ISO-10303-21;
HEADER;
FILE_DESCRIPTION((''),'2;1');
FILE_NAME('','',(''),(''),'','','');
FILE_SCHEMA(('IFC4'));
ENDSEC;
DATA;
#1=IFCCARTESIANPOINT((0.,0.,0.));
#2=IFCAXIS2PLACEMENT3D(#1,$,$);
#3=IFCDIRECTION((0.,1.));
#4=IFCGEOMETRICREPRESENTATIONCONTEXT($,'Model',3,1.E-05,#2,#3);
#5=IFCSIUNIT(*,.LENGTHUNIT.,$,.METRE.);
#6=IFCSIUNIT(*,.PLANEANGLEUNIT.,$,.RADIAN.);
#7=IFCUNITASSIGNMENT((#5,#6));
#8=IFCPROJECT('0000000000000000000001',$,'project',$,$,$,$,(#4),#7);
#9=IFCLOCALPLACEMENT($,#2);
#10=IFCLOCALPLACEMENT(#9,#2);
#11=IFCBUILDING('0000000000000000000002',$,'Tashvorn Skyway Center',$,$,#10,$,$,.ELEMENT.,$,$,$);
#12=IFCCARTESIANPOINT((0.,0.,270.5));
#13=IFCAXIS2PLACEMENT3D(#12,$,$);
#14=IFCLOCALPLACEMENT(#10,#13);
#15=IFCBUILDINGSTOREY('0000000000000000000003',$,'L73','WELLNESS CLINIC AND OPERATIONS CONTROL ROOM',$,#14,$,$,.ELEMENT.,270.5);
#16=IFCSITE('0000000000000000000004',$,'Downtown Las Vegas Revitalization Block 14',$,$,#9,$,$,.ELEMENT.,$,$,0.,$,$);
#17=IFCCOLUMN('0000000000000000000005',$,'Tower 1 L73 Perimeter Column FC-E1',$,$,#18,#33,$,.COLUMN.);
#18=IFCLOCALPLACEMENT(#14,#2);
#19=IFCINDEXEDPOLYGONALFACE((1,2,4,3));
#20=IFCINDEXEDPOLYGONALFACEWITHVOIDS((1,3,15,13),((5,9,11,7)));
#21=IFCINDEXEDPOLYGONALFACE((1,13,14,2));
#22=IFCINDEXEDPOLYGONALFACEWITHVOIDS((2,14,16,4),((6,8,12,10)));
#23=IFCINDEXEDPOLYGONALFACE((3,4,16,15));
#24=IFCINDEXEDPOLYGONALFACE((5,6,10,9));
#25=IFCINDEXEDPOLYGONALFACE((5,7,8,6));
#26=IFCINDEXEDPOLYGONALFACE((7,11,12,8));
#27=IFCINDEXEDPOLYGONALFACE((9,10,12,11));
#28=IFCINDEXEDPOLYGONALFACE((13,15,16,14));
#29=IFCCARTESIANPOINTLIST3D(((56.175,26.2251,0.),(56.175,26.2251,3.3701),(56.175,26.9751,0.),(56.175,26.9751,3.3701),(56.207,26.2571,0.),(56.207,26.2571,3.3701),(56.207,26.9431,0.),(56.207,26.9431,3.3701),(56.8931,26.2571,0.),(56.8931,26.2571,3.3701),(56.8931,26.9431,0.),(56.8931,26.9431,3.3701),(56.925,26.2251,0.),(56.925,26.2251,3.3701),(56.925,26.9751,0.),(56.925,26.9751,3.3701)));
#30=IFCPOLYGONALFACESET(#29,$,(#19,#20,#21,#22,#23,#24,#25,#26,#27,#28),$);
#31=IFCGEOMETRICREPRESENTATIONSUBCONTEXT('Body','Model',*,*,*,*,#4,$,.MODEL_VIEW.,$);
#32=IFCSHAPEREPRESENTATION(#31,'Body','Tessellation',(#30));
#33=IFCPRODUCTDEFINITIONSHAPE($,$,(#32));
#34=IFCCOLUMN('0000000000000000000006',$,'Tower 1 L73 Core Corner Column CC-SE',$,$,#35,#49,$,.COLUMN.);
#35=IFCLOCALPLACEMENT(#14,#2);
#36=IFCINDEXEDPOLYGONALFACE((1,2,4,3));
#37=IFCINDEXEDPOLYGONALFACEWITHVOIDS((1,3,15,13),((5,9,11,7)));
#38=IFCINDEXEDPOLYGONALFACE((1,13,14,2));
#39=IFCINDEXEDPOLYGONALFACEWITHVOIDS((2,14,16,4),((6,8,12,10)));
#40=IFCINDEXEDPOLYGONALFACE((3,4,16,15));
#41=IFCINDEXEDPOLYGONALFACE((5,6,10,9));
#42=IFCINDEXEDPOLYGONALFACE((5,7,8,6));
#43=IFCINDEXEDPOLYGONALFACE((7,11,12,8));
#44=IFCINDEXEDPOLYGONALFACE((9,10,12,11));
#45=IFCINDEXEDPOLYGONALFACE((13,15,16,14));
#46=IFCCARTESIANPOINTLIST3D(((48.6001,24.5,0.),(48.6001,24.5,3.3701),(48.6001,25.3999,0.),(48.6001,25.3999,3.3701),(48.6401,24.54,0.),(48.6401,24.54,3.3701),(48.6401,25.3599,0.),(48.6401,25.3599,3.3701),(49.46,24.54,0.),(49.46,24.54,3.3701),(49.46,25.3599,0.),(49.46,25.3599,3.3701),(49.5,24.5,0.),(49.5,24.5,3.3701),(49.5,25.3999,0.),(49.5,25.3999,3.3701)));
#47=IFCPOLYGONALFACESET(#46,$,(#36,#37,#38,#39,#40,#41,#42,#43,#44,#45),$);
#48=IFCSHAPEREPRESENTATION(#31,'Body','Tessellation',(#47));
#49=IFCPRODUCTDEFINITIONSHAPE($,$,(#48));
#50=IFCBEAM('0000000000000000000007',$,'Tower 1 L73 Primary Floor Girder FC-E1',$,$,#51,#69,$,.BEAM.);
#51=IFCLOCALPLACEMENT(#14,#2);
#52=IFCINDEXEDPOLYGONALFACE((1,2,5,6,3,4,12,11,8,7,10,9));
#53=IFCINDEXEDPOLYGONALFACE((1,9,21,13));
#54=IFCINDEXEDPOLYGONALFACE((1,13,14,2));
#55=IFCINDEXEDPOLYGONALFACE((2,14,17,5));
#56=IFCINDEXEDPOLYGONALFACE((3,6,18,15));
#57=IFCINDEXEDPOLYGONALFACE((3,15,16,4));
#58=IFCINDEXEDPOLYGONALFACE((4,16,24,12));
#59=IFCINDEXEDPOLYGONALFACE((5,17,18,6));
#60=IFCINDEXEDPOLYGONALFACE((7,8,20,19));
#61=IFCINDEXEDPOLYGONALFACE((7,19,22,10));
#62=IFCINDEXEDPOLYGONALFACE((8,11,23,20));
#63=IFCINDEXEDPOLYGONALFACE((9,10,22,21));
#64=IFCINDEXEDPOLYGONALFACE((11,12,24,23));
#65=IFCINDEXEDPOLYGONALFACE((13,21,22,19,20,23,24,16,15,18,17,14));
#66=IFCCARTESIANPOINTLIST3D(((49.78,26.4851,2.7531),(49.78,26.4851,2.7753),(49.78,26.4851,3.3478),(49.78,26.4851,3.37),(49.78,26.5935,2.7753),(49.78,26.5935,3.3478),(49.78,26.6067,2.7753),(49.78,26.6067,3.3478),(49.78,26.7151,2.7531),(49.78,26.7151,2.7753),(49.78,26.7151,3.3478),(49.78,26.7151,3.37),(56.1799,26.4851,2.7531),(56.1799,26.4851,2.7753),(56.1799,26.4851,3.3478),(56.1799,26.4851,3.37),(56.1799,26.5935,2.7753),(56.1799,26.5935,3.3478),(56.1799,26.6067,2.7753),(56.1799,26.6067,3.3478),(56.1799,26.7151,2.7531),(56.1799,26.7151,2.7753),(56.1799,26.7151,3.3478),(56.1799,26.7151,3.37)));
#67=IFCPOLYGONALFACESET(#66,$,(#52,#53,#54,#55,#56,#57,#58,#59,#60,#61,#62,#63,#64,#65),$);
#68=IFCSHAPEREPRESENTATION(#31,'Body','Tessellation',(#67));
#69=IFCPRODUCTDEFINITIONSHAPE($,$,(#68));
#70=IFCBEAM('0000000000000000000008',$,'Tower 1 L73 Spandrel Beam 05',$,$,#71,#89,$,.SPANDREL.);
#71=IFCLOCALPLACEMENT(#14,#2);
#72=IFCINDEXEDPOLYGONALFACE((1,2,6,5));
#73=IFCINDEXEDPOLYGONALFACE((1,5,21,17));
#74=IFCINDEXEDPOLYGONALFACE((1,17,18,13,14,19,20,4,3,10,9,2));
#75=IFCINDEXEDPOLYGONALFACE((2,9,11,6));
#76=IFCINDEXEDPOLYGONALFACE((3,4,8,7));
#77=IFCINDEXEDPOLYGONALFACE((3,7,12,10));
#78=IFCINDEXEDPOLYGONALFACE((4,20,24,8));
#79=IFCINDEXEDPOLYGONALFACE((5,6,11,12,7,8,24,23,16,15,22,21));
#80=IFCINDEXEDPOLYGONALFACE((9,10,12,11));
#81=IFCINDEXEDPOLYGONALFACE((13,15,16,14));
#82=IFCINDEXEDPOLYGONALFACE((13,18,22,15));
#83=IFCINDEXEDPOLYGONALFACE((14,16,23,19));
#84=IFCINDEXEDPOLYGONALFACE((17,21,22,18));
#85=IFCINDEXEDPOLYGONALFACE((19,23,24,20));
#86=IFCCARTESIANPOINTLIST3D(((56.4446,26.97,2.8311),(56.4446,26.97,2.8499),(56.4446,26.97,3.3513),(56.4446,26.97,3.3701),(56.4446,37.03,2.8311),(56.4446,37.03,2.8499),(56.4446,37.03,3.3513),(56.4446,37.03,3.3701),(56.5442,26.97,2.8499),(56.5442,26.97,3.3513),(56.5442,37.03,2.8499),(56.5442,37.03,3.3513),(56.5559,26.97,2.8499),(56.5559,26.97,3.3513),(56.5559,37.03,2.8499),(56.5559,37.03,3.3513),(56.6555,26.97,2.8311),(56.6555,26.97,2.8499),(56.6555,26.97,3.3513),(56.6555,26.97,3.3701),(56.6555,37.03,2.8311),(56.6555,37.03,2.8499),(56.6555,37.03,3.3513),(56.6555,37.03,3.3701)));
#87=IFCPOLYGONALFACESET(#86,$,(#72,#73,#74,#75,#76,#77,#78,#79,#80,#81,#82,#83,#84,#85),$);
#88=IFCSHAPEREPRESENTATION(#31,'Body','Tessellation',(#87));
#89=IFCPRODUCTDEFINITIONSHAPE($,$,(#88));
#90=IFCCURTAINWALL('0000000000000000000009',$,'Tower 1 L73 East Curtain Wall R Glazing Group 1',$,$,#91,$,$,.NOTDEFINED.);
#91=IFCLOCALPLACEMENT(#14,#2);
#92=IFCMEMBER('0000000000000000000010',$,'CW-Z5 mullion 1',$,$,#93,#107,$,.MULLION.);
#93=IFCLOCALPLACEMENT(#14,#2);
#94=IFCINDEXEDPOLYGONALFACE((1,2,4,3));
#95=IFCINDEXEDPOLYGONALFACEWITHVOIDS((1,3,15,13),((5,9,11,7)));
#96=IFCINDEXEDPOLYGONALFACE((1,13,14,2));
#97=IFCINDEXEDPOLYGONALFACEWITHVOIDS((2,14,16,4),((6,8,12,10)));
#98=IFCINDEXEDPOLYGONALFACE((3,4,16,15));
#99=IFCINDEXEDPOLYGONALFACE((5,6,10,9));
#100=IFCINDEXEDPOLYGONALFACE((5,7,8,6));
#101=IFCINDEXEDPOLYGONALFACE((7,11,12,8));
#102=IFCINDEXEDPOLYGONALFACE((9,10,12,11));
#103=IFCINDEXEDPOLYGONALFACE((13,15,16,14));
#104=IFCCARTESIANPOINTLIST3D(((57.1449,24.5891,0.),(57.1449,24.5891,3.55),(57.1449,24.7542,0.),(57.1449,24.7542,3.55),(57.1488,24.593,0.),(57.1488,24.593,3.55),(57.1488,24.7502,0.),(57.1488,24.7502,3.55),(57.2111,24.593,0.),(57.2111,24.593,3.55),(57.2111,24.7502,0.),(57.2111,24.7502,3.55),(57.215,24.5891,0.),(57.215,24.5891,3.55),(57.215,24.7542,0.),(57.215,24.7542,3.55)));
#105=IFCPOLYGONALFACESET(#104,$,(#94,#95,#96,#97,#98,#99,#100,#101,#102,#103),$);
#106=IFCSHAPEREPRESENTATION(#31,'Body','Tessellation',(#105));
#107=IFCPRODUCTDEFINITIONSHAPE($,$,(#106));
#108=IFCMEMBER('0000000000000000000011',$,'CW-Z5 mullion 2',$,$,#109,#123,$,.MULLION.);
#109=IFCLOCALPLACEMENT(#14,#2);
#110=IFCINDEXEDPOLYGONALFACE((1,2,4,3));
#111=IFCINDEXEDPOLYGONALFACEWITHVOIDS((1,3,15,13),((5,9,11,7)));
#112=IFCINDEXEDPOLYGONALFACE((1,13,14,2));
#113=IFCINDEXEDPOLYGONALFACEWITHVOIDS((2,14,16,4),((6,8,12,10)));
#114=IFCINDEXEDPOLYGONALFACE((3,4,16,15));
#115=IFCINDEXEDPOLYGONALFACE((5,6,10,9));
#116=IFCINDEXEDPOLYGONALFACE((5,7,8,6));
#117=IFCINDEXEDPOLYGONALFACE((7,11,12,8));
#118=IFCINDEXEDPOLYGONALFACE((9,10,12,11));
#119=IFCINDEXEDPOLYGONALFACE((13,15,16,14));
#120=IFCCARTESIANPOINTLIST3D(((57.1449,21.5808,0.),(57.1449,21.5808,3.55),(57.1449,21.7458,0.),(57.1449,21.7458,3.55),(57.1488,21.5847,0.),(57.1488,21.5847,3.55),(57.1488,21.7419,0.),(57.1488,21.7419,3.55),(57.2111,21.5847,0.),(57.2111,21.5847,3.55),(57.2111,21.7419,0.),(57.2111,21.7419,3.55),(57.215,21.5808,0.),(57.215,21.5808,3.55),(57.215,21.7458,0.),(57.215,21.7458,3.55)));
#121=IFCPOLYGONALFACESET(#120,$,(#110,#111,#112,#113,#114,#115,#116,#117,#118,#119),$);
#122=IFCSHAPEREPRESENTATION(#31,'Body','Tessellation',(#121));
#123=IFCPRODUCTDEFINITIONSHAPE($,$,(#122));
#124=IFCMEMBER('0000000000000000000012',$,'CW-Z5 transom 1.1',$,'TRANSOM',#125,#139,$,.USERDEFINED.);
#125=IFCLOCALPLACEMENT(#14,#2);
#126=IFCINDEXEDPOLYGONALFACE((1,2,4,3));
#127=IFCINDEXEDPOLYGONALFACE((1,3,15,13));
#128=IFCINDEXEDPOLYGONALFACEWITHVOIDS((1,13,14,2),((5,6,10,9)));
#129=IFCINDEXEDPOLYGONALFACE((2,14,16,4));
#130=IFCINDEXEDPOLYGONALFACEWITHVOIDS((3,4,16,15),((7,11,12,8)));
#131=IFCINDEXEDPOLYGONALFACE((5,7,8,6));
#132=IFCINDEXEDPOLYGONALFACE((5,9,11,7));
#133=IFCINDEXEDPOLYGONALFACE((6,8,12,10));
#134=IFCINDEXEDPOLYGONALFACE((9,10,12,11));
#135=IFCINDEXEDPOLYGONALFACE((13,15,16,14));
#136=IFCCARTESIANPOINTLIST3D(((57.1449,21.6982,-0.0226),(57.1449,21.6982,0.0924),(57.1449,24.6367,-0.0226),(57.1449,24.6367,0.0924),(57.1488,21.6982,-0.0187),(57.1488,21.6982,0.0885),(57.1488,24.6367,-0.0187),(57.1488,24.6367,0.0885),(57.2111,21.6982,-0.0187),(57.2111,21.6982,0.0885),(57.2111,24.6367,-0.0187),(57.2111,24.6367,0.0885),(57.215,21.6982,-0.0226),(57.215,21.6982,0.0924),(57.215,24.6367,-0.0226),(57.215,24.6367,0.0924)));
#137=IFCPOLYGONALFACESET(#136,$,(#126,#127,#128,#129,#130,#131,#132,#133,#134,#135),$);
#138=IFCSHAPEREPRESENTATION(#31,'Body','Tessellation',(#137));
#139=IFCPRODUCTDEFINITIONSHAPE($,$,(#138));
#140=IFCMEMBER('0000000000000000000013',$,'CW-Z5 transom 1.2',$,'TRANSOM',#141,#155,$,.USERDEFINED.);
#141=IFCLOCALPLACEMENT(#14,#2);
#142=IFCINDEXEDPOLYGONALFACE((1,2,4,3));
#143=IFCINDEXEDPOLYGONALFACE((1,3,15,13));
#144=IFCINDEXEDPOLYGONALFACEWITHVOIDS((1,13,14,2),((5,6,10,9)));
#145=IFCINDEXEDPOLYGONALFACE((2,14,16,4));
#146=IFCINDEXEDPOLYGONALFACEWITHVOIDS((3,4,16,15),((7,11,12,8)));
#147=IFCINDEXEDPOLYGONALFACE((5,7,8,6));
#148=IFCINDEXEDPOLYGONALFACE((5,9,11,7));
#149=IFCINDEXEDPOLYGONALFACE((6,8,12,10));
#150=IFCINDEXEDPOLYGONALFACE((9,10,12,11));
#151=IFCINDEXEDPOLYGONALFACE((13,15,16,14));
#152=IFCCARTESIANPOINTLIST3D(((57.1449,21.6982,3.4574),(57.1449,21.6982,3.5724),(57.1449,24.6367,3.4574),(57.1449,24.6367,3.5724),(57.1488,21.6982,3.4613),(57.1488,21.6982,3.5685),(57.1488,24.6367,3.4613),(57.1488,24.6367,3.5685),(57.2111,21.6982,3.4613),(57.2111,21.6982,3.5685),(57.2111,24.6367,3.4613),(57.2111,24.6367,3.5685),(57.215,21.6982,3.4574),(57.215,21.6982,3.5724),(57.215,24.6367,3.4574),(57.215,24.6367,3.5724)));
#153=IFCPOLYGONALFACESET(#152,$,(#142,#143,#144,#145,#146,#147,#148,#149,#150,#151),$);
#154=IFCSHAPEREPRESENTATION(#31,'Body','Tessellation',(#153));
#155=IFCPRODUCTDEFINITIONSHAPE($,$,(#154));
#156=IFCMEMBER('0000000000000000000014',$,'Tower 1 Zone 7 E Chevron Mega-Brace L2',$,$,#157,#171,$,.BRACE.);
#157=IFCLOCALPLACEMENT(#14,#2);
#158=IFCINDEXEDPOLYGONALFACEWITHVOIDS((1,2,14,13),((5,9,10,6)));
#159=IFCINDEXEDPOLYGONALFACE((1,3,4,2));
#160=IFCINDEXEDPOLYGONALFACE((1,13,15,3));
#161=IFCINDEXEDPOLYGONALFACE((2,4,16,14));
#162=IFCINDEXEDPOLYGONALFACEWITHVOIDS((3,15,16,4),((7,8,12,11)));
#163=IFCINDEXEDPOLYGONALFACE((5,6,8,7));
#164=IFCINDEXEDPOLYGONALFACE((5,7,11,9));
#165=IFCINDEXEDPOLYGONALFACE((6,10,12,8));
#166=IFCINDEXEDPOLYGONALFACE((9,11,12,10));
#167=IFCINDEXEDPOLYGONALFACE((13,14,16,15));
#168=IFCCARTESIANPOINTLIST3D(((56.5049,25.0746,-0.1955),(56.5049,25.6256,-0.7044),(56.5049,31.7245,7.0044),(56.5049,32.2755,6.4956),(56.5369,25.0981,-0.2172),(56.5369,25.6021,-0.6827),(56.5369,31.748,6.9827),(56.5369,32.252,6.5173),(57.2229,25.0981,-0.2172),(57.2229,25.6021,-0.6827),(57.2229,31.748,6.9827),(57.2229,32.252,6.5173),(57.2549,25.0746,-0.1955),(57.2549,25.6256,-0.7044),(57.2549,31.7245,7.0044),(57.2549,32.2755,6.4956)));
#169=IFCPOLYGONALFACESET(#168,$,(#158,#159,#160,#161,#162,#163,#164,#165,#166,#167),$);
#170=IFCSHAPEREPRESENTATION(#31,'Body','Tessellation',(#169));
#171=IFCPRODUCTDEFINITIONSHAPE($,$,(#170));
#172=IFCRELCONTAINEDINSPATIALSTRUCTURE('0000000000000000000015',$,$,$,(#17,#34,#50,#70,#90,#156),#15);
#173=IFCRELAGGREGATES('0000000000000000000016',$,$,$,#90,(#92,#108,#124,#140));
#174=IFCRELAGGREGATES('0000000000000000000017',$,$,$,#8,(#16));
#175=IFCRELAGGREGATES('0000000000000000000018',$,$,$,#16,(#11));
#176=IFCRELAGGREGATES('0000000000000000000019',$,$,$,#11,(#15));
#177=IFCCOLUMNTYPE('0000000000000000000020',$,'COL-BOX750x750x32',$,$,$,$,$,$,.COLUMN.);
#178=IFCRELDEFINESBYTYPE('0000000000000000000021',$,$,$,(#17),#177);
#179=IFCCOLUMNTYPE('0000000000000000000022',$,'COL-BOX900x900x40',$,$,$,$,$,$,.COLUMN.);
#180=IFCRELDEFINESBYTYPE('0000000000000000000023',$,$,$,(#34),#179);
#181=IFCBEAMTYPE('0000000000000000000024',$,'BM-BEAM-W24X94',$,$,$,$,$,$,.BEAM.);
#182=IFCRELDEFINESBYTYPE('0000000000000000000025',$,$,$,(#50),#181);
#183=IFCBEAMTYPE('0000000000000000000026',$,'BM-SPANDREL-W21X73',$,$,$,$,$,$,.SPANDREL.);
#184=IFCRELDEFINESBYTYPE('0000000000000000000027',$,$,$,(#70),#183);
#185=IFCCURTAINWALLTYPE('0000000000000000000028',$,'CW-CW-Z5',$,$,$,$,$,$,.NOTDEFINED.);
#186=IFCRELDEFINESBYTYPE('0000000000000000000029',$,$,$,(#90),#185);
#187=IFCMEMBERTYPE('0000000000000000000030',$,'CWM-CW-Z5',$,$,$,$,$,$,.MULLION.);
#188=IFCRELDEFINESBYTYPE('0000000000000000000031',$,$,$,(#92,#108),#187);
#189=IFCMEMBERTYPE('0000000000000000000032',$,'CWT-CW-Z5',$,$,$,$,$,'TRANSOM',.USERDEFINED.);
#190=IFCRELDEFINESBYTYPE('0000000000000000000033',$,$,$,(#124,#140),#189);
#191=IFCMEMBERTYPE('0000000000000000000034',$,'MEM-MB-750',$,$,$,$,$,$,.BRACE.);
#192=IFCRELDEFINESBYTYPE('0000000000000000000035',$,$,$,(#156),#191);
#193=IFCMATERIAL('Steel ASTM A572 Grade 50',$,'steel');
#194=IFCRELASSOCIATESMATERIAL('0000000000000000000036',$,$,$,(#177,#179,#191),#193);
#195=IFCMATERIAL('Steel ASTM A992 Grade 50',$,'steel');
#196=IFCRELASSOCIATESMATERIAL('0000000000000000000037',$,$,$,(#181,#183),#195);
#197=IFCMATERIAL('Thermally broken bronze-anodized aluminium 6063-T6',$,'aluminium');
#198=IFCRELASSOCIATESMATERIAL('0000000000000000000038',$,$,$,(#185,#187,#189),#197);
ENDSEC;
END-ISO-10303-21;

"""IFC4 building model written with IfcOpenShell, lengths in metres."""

from ifc_helpers import new_model, si_unit, direction, frame, origin, origin_2d, place, context, subcontext, project, spatial, hollow_rectangle, i_section, extrude, material, material_profile, profile_set, type_object, element, aggregate, save


model = new_model("IFC4")

# Units and contexts
model_context = context("Model", 3, precision=1e-05, world=origin(), true_north=direction((0.0, 1.0)))
body_context = subcontext(model_context, "Body", "Model", "MODEL_VIEW")
ifc_project = project(units=[si_unit("LENGTHUNIT", "METRE"), si_unit("PLANEANGLEUNIT", "RADIAN")], contexts=[model_context])

# Site, building, storey
site_placement = place(None, origin())
site = spatial("IfcSite", under=ifc_project, at=site_placement, Name="Downtown Las Vegas Revitalization Block 14", CompositionType="ELEMENT", RefElevation=0.0)
building_placement = place(site_placement, origin())
building = spatial("IfcBuilding", under=site, at=building_placement, Name="Tashvorn Skyway Center", CompositionType="ELEMENT")
storey_placement = place(building_placement, frame((0.0, 0.0, 270.5)))
storey = spatial("IfcBuildingStorey", under=building, at=storey_placement, Name="L73", Description="WELLNESS CLINIC AND OPERATIONS CONTROL ROOM", CompositionType="ELEMENT", Elevation=270.5)

# Columns
ifc_material_1 = material(Name="Steel ASTM A572 Grade 50", Category="steel")
ifc_material_profile_1 = material_profile(ifc_material_1, hollow_rectangle(XDim=0.75, YDim=0.75, WallThickness=0.032, at=origin_2d()), Name="BOX750x750x32")
ifc_profile_set_1 = profile_set([ifc_material_profile_1], Name="Steel ASTM A572 Grade 50")
column_type_1 = type_object("IfcColumnType", Name="COL-BOX750x750x32", PredefinedType="COLUMN", material=ifc_profile_set_1)
column_1_placement = place(storey_placement, frame((56.55, 26.6001, 0.0), z_axis=(0.0, 0.0, 1.0), x_axis=(1.0, 0.0, 0.0)))
element("IfcColumn", 1, at=column_1_placement, inside=storey, type_object=column_type_1, Name="Tower 1 L73 Perimeter Column FC-E1", PredefinedType="COLUMN", context=body_context, shape_type="SweptSolid", body=[
    extrude(hollow_rectangle(XDim=0.75, YDim=0.75, WallThickness=0.032, at=origin_2d()), origin(), (0.0, 0.0, 1.0), 3.3701),
])
ifc_material_profile_2 = material_profile(ifc_material_1, hollow_rectangle(XDim=0.8999, YDim=0.8999, WallThickness=0.04, at=origin_2d()), Name="BOX900x900x40")
ifc_profile_set_2 = profile_set([ifc_material_profile_2], Name="Steel ASTM A572 Grade 50")
column_type_2 = type_object("IfcColumnType", Name="COL-BOX900x900x40", PredefinedType="COLUMN", material=ifc_profile_set_2)
column_2_placement = place(storey_placement, frame((49.05, 24.95, 0.0), z_axis=(0.0, 0.0, 1.0), x_axis=(1.0, 0.0, 0.0)))
element("IfcColumn", 2, at=column_2_placement, inside=storey, type_object=column_type_2, Name="Tower 1 L73 Core Corner Column CC-SE", PredefinedType="COLUMN", context=body_context, shape_type="SweptSolid", body=[
    extrude(hollow_rectangle(XDim=0.8999, YDim=0.8999, WallThickness=0.04, at=origin_2d()), origin(), (0.0, 0.0, 1.0), 3.3701),
])

# Beams
ifc_material_2 = material(Name="Steel ASTM A992 Grade 50", Category="steel")
ifc_material_profile_3 = material_profile(ifc_material_2, i_section(OverallWidth=0.23, OverallDepth=0.6169, WebThickness=0.0132, FlangeThickness=0.0222, at=origin_2d()), Name="W24X94")
ifc_profile_set_3 = profile_set([ifc_material_profile_3], Name="Steel ASTM A992 Grade 50")
beam_type_1 = type_object("IfcBeamType", Name="BM-BEAM-W24X94", PredefinedType="BEAM", material=ifc_profile_set_3)
beam_1_placement = place(storey_placement, frame((56.1799, 26.6001, 3.0615), z_axis=(-1.0, 0.0, 0.0), x_axis=(0.0, -1.0, 0.0)))
element("IfcBeam", 3, at=beam_1_placement, inside=storey, type_object=beam_type_1, Name="Tower 1 L73 Primary Floor Girder FC-E1", PredefinedType="BEAM", context=body_context, shape_type="SweptSolid", body=[
    extrude(i_section(OverallWidth=0.23, OverallDepth=0.6169, WebThickness=0.0132, FlangeThickness=0.0222, at=origin_2d()), origin(), (0.0, 0.0, 1.0), 6.3999),
])
ifc_material_profile_4 = material_profile(ifc_material_2, i_section(OverallWidth=0.2109, OverallDepth=0.5391, WebThickness=0.0117, FlangeThickness=0.0188, at=origin_2d()), Name="W21X73")
ifc_profile_set_4 = profile_set([ifc_material_profile_4], Name="Steel ASTM A992 Grade 50")
beam_type_2 = type_object("IfcBeamType", Name="BM-SPANDREL-W21X73", PredefinedType="SPANDREL", material=ifc_profile_set_4)
beam_2_placement = place(storey_placement, frame((56.55, 26.97, 3.1006), z_axis=(0.0, 1.0, 0.0), x_axis=(-1.0, 0.0, 0.0)))
element("IfcBeam", 4, at=beam_2_placement, inside=storey, type_object=beam_type_2, Name="Tower 1 L73 Spandrel Beam 05", PredefinedType="SPANDREL", context=body_context, shape_type="SweptSolid", body=[
    extrude(i_section(OverallWidth=0.2109, OverallDepth=0.5391, WebThickness=0.0117, FlangeThickness=0.0188, at=origin_2d()), origin(), (0.0, 0.0, 1.0), 10.0601),
])

# Curtain wall, members
ifc_material_3 = material(Name="Thermally broken bronze-anodized aluminium 6063-T6", Category="aluminium")
curtain_wall_type = type_object("IfcCurtainWallType", Name="CW-CW-Z5", PredefinedType="NOTDEFINED", material=ifc_material_3)
curtain_wall_placement = place(storey_placement, origin())
curtain_wall = element("IfcCurtainWall", 5, at=curtain_wall_placement, inside=storey, type_object=curtain_wall_type, Name="Tower 1 L73 East Curtain Wall R Glazing Group 1", PredefinedType="NOTDEFINED")
ifc_material_profile_5 = material_profile(ifc_material_3, hollow_rectangle(XDim=0.0701, YDim=0.165, WallThickness=0.0039, at=origin_2d()), Name="ALU-MULL-70x165")
ifc_profile_set_5 = profile_set([ifc_material_profile_5], Name="Thermally broken bronze-anodized aluminium 6063-T6")
member_type_1 = type_object("IfcMemberType", Name="CWM-CW-Z5", PredefinedType="MULLION", material=ifc_profile_set_5)
member_1_placement = place(storey_placement, frame((57.1799, 24.6716, 0.0), z_axis=(0.0, 0.0, 1.0), x_axis=(1.0, 0.0, 0.0)))
member_1 = element("IfcMember", 6, at=member_1_placement, type_object=member_type_1, Name="CW-Z5 mullion 1", PredefinedType="MULLION", context=body_context, shape_type="SweptSolid", body=[
    extrude(hollow_rectangle(XDim=0.0701, YDim=0.165, WallThickness=0.0039, at=origin_2d()), origin(), (0.0, 0.0, 1.0), 3.55),
])
member_2_placement = place(storey_placement, frame((57.1799, 21.6633, 0.0), z_axis=(0.0, 0.0, 1.0), x_axis=(1.0, 0.0, 0.0)))
member_2 = element("IfcMember", 7, at=member_2_placement, type_object=member_type_1, Name="CW-Z5 mullion 2", PredefinedType="MULLION", context=body_context, shape_type="SweptSolid", body=[
    extrude(hollow_rectangle(XDim=0.0701, YDim=0.165, WallThickness=0.0039, at=origin_2d()), origin(), (0.0, 0.0, 1.0), 3.55),
])
ifc_material_profile_6 = material_profile(ifc_material_3, hollow_rectangle(XDim=0.0701, YDim=0.115, WallThickness=0.0039, at=origin_2d()), Name="ALU-TRAN-70x115")
ifc_profile_set_6 = profile_set([ifc_material_profile_6], Name="Thermally broken bronze-anodized aluminium 6063-T6")
member_type_2 = type_object("IfcMemberType", Name="CWT-CW-Z5", ElementType="TRANSOM", PredefinedType="USERDEFINED", material=ifc_profile_set_6)
member_3_placement = place(storey_placement, frame((57.1799, 24.6367, 0.0349), z_axis=(0.0, -1.0, 0.0), x_axis=(1.0, 0.0, 0.0)))
member_3 = element("IfcMember", 8, at=member_3_placement, type_object=member_type_2, Name="CW-Z5 transom 1.1", ObjectType="TRANSOM", PredefinedType="USERDEFINED", context=body_context, shape_type="SweptSolid", body=[
    extrude(hollow_rectangle(XDim=0.0701, YDim=0.115, WallThickness=0.0039, at=origin_2d()), origin(), (0.0, 0.0, 1.0), 2.9385),
])
member_4_placement = place(storey_placement, frame((57.1799, 24.6367, 3.5149), z_axis=(0.0, -1.0, 0.0), x_axis=(1.0, 0.0, 0.0)))
member_4 = element("IfcMember", 9, at=member_4_placement, type_object=member_type_2, Name="CW-Z5 transom 1.2", ObjectType="TRANSOM", PredefinedType="USERDEFINED", context=body_context, shape_type="SweptSolid", body=[
    extrude(hollow_rectangle(XDim=0.0701, YDim=0.115, WallThickness=0.0039, at=origin_2d()), origin(), (0.0, 0.0, 1.0), 2.9385),
])

# Member
ifc_material_profile_7 = material_profile(ifc_material_1, hollow_rectangle(XDim=0.75, YDim=0.75, WallThickness=0.032, at=origin_2d()), Name="BOX750x750x32")
ifc_profile_set_7 = profile_set([ifc_material_profile_7], Name="Steel ASTM A572 Grade 50")
member_type_3 = type_object("IfcMemberType", Name="MEM-MB-750", PredefinedType="BRACE", material=ifc_profile_set_7)
member_5_placement = place(storey_placement, frame((56.8799, 25.3501, -0.45), z_axis=(0.0, 0.678489, 0.734611), x_axis=(-1.0, 0.0, 0.0)))
element("IfcMember", 10, at=member_5_placement, inside=storey, type_object=member_type_3, Name="Tower 1 Zone 7 E Chevron Mega-Brace L2", PredefinedType="BRACE", context=body_context, shape_type="SweptSolid", body=[
    extrude(hollow_rectangle(XDim=0.75, YDim=0.75, WallThickness=0.032, at=origin_2d()), origin(), (0.0, 0.0, 1.0), 9.801),
])

aggregate(curtain_wall, [member_1, member_2, member_3, member_4])

save(model, "model.ifc")
